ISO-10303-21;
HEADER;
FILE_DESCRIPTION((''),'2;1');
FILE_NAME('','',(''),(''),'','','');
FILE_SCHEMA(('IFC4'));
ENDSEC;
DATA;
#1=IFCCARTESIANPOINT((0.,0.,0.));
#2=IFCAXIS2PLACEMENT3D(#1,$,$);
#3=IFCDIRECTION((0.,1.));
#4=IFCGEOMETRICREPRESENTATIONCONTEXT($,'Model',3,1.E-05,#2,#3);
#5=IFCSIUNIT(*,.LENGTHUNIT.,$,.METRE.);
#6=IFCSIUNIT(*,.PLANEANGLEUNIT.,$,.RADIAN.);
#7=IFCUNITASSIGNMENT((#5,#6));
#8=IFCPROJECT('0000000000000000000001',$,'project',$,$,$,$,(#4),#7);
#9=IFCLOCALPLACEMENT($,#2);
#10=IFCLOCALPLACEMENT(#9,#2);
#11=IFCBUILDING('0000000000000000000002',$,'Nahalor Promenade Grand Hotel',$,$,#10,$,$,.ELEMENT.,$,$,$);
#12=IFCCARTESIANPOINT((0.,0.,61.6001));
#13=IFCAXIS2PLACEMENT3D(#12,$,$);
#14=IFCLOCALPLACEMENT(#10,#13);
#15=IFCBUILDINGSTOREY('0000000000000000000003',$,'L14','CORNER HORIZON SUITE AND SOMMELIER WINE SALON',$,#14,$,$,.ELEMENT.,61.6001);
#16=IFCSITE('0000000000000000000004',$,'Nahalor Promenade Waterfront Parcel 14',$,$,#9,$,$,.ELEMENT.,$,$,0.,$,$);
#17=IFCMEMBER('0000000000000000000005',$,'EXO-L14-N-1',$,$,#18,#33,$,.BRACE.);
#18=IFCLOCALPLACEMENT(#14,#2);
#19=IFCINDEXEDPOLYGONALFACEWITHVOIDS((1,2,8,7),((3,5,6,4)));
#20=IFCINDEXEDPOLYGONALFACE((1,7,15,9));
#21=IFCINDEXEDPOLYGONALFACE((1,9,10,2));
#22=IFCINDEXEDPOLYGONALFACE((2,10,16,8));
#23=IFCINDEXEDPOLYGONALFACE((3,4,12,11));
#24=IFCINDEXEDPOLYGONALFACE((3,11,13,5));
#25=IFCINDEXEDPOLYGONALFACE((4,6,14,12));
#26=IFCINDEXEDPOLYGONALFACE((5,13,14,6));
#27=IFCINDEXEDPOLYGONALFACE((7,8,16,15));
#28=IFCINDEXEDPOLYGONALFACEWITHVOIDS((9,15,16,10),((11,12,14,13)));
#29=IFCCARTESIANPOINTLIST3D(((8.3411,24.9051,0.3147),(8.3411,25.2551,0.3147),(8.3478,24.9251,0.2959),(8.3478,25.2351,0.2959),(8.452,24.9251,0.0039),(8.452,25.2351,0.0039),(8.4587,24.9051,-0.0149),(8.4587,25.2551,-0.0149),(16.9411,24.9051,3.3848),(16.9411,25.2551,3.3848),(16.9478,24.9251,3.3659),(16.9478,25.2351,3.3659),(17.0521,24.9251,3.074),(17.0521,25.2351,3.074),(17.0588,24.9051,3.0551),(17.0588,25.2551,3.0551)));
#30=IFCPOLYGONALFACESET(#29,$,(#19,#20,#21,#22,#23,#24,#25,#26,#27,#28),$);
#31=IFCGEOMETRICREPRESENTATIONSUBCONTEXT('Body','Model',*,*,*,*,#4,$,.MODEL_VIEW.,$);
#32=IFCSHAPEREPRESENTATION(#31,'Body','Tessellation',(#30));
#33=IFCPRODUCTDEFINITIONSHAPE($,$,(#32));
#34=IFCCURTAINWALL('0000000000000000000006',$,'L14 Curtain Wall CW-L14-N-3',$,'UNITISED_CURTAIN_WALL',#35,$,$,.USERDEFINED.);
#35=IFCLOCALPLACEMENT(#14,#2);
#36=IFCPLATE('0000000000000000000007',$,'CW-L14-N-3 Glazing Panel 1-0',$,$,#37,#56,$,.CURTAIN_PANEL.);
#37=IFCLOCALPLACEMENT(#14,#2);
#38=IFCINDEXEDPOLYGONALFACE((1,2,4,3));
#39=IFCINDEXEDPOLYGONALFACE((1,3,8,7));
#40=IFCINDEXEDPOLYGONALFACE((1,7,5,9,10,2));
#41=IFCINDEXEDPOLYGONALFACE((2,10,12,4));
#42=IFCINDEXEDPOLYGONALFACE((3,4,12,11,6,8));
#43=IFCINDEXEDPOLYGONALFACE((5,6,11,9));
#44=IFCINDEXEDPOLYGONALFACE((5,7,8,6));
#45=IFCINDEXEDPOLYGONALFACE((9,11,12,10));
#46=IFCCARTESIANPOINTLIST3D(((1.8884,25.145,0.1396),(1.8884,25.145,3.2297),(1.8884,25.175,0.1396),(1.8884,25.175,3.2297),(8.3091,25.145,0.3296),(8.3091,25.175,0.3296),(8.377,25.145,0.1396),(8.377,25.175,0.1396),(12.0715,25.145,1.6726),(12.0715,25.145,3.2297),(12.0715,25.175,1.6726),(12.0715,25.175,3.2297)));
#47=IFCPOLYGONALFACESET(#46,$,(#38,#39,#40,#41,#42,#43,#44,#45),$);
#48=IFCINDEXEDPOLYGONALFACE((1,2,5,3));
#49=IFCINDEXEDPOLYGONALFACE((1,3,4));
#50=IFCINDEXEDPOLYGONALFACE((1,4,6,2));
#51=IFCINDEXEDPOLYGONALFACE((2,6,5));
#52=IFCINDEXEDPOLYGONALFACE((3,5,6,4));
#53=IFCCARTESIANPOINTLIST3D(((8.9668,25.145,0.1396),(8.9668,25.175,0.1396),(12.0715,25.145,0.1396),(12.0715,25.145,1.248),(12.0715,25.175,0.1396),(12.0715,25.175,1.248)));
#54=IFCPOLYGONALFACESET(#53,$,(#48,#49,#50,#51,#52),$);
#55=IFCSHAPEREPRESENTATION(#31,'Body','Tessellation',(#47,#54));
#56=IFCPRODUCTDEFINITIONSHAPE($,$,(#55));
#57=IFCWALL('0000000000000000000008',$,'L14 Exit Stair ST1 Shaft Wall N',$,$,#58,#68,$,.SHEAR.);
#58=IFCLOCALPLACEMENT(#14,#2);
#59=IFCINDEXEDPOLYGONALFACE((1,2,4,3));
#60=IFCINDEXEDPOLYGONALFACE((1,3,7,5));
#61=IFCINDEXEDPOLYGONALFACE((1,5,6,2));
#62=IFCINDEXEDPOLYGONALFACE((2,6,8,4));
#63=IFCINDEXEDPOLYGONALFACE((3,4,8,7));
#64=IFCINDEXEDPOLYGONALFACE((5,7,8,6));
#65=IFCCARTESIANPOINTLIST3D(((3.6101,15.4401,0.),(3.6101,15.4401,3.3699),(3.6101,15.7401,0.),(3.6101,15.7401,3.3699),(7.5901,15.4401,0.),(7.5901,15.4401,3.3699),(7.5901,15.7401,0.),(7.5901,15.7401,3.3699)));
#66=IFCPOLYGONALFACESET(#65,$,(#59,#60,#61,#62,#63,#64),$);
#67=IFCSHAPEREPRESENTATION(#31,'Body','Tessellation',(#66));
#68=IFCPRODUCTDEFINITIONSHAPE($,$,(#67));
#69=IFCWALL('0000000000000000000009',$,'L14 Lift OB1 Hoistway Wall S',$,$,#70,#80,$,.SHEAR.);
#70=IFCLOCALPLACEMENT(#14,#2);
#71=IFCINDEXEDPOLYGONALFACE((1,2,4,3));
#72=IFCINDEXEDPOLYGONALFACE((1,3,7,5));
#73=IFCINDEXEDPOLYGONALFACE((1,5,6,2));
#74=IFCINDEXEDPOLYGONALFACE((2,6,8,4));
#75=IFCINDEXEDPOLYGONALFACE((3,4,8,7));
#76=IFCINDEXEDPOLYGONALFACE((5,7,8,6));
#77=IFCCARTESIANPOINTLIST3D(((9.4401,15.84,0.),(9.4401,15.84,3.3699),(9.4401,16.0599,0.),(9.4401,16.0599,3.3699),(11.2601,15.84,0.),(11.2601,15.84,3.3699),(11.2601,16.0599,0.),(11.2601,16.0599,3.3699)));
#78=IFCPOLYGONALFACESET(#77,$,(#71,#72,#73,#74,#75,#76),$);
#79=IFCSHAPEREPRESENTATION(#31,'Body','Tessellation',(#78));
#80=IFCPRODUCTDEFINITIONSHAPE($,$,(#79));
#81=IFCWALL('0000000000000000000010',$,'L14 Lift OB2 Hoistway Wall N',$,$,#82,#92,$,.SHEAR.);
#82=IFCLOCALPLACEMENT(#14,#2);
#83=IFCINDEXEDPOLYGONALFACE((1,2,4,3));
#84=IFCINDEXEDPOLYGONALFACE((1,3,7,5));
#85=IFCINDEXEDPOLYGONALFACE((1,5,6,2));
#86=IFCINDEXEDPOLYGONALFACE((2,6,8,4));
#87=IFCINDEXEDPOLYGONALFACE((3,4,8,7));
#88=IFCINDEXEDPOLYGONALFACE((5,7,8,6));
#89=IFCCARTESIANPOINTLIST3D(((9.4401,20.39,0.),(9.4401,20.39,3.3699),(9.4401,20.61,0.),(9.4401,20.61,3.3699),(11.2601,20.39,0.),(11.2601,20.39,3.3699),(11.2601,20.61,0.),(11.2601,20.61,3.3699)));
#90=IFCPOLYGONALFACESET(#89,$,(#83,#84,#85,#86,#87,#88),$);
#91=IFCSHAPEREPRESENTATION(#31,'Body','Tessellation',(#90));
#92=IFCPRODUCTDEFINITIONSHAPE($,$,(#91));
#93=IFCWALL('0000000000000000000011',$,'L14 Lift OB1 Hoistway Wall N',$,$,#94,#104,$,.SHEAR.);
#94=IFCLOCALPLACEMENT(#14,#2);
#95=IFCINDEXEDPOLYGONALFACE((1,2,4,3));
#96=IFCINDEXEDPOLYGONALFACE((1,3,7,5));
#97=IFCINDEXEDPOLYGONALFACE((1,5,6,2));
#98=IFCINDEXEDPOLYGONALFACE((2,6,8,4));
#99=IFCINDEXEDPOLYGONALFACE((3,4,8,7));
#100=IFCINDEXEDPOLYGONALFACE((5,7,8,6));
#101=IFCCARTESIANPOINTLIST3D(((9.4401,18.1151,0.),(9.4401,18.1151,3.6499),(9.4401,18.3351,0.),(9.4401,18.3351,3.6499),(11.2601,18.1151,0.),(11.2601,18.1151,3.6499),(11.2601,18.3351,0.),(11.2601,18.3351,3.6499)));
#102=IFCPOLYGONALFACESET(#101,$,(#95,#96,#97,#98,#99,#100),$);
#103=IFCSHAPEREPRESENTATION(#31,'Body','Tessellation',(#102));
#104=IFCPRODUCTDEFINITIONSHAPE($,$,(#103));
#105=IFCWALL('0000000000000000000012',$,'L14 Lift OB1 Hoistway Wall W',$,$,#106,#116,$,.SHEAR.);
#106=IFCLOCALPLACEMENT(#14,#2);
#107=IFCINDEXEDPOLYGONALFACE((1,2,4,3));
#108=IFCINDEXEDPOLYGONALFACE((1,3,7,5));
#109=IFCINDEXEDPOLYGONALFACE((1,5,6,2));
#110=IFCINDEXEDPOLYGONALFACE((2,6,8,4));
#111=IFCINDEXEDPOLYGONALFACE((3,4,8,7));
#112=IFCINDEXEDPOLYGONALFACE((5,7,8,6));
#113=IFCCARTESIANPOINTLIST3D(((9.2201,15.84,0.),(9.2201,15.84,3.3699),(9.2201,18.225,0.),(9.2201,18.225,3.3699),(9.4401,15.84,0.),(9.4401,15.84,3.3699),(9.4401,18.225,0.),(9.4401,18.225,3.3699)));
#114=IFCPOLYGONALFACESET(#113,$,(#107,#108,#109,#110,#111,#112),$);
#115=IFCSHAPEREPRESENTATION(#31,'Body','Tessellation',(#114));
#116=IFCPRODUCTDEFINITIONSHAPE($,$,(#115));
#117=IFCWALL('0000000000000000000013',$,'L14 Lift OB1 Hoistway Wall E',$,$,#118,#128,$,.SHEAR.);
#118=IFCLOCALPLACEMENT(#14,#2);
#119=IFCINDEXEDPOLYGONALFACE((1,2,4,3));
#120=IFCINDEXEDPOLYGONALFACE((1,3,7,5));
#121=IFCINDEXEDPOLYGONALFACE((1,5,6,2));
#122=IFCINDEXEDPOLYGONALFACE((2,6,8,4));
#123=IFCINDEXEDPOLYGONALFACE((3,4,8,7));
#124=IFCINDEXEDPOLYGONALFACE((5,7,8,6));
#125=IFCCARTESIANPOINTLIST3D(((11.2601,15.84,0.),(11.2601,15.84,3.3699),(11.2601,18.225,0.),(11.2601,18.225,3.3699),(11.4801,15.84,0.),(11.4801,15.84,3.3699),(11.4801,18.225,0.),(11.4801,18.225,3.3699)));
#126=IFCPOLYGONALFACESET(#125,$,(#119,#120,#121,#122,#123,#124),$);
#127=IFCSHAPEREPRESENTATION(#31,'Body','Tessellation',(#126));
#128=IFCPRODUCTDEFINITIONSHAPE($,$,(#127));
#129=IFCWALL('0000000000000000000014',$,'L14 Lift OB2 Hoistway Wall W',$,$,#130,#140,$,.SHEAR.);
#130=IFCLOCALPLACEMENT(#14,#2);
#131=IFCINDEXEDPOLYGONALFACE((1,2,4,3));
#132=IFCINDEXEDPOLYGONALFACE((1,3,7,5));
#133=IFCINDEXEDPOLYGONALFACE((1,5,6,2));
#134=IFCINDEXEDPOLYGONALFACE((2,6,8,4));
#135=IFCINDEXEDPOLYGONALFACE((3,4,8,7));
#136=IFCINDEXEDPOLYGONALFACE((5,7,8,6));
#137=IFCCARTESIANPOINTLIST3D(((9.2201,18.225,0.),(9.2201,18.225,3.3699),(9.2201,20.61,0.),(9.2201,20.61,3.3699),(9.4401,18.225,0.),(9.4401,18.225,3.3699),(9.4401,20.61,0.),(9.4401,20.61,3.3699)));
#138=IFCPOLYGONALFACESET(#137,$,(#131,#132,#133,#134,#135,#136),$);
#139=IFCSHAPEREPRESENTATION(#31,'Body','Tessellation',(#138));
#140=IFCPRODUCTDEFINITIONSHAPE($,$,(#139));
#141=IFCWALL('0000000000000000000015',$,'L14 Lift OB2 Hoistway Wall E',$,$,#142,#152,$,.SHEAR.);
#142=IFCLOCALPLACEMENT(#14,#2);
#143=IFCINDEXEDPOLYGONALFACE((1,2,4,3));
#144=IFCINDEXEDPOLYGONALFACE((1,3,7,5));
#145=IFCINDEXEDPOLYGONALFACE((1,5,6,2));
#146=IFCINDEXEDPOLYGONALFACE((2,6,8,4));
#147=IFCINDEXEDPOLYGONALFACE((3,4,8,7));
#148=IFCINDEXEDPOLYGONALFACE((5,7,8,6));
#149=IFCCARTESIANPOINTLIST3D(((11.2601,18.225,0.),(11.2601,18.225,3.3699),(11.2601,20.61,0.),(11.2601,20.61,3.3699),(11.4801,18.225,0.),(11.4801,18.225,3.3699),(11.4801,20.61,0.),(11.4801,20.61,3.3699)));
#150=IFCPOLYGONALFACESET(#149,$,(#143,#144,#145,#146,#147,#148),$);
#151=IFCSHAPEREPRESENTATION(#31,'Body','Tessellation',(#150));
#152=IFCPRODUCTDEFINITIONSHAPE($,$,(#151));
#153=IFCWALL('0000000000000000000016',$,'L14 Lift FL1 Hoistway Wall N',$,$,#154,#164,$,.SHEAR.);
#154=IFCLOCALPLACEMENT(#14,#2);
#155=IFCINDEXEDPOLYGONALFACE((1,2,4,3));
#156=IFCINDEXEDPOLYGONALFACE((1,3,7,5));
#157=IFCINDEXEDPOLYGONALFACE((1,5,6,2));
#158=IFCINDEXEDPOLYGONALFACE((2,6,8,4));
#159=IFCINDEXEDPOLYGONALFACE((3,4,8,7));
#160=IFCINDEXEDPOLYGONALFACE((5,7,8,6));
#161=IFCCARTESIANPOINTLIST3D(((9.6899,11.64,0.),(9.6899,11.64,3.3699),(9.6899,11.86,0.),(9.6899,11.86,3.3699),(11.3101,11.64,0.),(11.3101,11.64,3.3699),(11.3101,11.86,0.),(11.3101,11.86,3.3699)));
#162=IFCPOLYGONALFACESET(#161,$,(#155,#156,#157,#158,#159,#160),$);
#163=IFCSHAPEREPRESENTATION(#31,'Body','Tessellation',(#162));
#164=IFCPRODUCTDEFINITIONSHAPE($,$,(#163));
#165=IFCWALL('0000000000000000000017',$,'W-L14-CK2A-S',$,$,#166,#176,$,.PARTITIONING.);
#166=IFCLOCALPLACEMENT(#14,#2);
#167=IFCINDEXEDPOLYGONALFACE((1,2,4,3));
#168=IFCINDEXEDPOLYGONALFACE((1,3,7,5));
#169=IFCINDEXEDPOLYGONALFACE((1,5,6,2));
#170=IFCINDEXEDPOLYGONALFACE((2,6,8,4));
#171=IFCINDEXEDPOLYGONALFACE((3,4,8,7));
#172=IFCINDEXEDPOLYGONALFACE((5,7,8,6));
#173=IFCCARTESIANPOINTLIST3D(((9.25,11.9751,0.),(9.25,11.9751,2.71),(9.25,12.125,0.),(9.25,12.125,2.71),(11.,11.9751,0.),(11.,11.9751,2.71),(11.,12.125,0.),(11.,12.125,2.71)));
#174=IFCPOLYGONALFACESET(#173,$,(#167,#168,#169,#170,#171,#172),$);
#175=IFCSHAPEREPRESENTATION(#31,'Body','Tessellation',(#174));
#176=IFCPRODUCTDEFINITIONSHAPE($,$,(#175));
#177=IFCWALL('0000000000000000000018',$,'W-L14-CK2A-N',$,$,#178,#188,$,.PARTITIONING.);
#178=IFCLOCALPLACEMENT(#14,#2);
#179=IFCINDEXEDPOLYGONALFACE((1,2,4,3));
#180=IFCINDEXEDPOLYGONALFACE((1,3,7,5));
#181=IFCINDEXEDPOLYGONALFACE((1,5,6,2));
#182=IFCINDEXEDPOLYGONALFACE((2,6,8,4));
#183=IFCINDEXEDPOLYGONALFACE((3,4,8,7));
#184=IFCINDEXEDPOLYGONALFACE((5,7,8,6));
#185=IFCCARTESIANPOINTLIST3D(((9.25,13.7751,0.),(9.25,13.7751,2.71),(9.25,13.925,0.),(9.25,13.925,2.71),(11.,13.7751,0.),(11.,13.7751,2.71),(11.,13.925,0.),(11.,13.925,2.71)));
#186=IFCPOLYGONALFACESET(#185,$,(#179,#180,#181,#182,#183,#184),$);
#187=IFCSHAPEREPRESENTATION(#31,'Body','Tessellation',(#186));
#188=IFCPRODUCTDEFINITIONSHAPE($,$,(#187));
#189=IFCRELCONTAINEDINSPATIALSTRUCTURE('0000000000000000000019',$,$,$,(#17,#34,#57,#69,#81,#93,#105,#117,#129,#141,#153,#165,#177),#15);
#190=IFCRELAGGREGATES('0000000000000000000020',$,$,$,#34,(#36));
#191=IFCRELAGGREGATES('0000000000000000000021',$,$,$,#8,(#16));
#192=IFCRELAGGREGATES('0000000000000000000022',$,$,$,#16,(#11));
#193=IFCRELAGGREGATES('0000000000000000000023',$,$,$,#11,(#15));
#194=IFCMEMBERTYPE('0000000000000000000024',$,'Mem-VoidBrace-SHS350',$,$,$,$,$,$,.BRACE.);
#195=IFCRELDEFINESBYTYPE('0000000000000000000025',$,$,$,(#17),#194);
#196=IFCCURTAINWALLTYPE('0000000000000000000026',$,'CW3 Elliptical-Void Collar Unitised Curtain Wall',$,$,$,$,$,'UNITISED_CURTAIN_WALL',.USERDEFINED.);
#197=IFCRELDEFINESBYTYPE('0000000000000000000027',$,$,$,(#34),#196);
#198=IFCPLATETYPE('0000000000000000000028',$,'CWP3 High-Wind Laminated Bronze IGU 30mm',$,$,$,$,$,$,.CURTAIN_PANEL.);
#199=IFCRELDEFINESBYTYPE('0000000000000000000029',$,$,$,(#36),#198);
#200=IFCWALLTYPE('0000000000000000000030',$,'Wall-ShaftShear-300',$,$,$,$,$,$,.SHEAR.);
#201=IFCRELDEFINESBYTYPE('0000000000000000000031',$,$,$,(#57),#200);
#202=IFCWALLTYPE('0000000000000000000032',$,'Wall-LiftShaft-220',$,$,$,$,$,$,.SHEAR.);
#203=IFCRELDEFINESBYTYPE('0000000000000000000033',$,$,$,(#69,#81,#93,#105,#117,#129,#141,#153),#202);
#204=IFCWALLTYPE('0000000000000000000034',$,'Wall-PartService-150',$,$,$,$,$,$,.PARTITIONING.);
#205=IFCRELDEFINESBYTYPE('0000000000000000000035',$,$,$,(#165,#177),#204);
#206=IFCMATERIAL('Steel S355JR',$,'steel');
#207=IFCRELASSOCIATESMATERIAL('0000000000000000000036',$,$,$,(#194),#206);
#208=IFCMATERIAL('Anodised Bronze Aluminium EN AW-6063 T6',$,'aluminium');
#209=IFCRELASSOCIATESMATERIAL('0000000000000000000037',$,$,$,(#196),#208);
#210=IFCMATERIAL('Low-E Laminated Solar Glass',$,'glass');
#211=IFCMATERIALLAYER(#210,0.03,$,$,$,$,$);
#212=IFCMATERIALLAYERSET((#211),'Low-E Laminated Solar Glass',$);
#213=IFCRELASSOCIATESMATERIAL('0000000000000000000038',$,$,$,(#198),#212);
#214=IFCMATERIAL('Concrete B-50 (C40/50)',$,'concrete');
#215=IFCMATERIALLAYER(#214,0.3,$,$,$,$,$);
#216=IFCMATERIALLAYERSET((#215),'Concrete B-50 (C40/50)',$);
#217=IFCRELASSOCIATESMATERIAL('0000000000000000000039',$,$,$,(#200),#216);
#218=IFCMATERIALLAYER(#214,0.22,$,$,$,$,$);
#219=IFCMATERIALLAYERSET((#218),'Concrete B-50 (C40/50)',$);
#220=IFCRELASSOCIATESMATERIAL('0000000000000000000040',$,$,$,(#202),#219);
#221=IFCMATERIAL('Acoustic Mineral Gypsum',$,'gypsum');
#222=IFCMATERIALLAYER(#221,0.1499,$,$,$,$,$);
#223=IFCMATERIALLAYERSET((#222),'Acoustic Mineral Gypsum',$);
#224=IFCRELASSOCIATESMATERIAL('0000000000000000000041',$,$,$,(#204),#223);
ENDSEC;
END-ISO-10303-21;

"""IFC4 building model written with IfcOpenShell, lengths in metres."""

from ifc_helpers import new_model, si_unit, direction, frame, frame_2d, origin, origin_2d, place, context, subcontext, project, spatial, polyline, rectangle, hollow_rectangle, outline, extrude, source, transform, mapped, material, layer, layer_set, material_profile, profile_set, type_object, element, aggregate, save


model = new_model("IFC4")

# Units and contexts
model_context = context("Model", 3, precision=1e-05, world=origin(), true_north=direction((0.0, 1.0)))
body_context = subcontext(model_context, "Body", "Model", "MODEL_VIEW")
ifc_project = project(units=[si_unit("LENGTHUNIT", "METRE"), si_unit("PLANEANGLEUNIT", "RADIAN")], contexts=[model_context])

# Site, building, storey
site_placement = place(None, origin())
site = spatial("IfcSite", under=ifc_project, at=site_placement, Name="Nahalor Promenade Waterfront Parcel 14", CompositionType="ELEMENT", RefElevation=0.0)
building_placement = place(site_placement, origin())
building = spatial("IfcBuilding", under=site, at=building_placement, Name="Nahalor Promenade Grand Hotel", CompositionType="ELEMENT")
storey_placement = place(building_placement, frame((0.0, 0.0, 61.6001)))
storey = spatial("IfcBuildingStorey", under=building, at=storey_placement, Name="L14", Description="CORNER HORIZON SUITE AND SOMMELIER WINE SALON", CompositionType="ELEMENT", Elevation=61.6001)

# Shared definitions
ifc_material_1 = material(Name="Steel S355JR", Category="steel")

# Member
ifc_material_profile_1 = material_profile(ifc_material_1, hollow_rectangle(XDim=0.35, YDim=0.35, WallThickness=0.02, at=origin_2d()), Name="SHS 350x350x20")
ifc_profile_set_1 = profile_set([ifc_material_profile_1], Name="Steel S355JR")
member_type = type_object("IfcMemberType", Name="Mem-VoidBrace-SHS350", PredefinedType="BRACE", material=ifc_profile_set_1)
shared_shape_1 = source(origin(), body_context, "Body", "SweptSolid", [
    extrude(hollow_rectangle(XDim=0.35, YDim=0.35, WallThickness=0.02, at=origin_2d()), origin(), (0.0, 0.0, 1.0), 9.1316),
])
member_placement = place(storey_placement, frame((8.3999, 25.0801, 0.1499), z_axis=(0.94179, 0.0, 0.336201), x_axis=(0.0, 1.0, 0.0)))
element("IfcMember", 1, at=member_placement, inside=storey, type_object=member_type, Name="EXO-L14-N-1", PredefinedType="BRACE", context=body_context, shape_type="MappedRepresentation", body=[
    mapped(shared_shape_1, transform((0.0, 0.0, 0.0), scale=1.0)),
])

# Curtain wall, plate
ifc_material_2 = material(Name="Anodised Bronze Aluminium EN AW-6063 T6", Category="aluminium")
curtain_wall_type = type_object("IfcCurtainWallType", Name="CW3 Elliptical-Void Collar Unitised Curtain Wall", ElementType="UNITISED_CURTAIN_WALL", PredefinedType="USERDEFINED", material=ifc_material_2)
curtain_wall_placement = place(storey_placement, origin())
curtain_wall = element("IfcCurtainWall", 2, at=curtain_wall_placement, inside=storey, type_object=curtain_wall_type, Name="L14 Curtain Wall CW-L14-N-3", ObjectType="UNITISED_CURTAIN_WALL", PredefinedType="USERDEFINED")
ifc_material_3 = material(Name="Low-E Laminated Solar Glass", Category="glass")
ifc_layer_1 = layer(ifc_material_3, 0.03)
ifc_layer_set_1 = layer_set([ifc_layer_1], Name="Low-E Laminated Solar Glass")
plate_type = type_object("IfcPlateType", Name="CWP3 High-Wind Laminated Bronze IGU 30mm", PredefinedType="CURTAIN_PANEL", material=ifc_layer_set_1)
plate_placement = place(storey_placement, frame((6.98, 25.1599, 0.1396), z_axis=(0.0, 0.0, 1.0), x_axis=(1.0, 0.0, 0.0)))
plate = element("IfcPlate", 3, at=plate_placement, type_object=plate_type, Name="CW-L14-N-3 Glazing Panel 1-0", PredefinedType="CURTAIN_PANEL", context=body_context, shape_type="SweptSolid", body=[
    extrude(outline(polyline([(-5.0916, 3.0901), (-5.0916, 0.0), (1.397, 0.0), (1.3291, 0.1899), (5.0916, 1.533), (5.0916, 3.0901), (-5.0916, 3.0901)])), frame((0.0, 0.0151, 0.0), z_axis=(0.0, -1.0, 0.0), x_axis=(1.0, 0.0, 0.0)), (0.0, 0.0, 1.0), 0.03),
    extrude(outline(polyline([(1.9868, 0.0), (5.0916, 0.0), (5.0916, 1.1084), (1.9868, 0.0)])), frame((0.0, 0.0151, 0.0), z_axis=(0.0, -1.0, 0.0), x_axis=(1.0, 0.0, 0.0)), (0.0, 0.0, 1.0), 0.03),
])
aggregate(curtain_wall, [plate])

# Walls
ifc_material_4 = material(Name="Concrete B-50 (C40/50)", Category="concrete")
ifc_layer_2 = layer(ifc_material_4, 0.3)
ifc_layer_set_2 = layer_set([ifc_layer_2], Name="Concrete B-50 (C40/50)")
wall_type_1 = type_object("IfcWallType", Name="Wall-ShaftShear-300", PredefinedType="SHEAR", material=ifc_layer_set_2)
shared_shape_2 = source(origin(), body_context, "Body", "SweptSolid", [
    extrude(rectangle(XDim=3.98, YDim=0.3, at=frame_2d((1.99, 0.0))), origin(), (0.0, 0.0, 1.0), 3.3699),
])
wall_1_placement = place(storey_placement, frame((3.6101, 15.5901, 0.0), z_axis=(0.0, 0.0, 1.0), x_axis=(1.0, 0.0, 0.0)))
element("IfcWall", 4, at=wall_1_placement, inside=storey, type_object=wall_type_1, Name="L14 Exit Stair ST1 Shaft Wall N", PredefinedType="SHEAR", context=body_context, shape_type="MappedRepresentation", body=[
    mapped(shared_shape_2, transform((0.0, 0.0, 0.0), scale=1.0)),
])
ifc_layer_3 = layer(ifc_material_4, 0.22)
ifc_layer_set_3 = layer_set([ifc_layer_3], Name="Concrete B-50 (C40/50)")
wall_type_2 = type_object("IfcWallType", Name="Wall-LiftShaft-220", PredefinedType="SHEAR", material=ifc_layer_set_3)
shared_shape_3 = source(origin(), body_context, "Body", "SweptSolid", [
    extrude(rectangle(XDim=1.8201, YDim=0.22, at=frame_2d((0.9102, 0.0))), origin(), (0.0, 0.0, 1.0), 3.3699),
])
for number, where, z_axis, x_axis, name in (
    (5, (9.4399, 15.95, 0.0), (0.0, 0.0, 1.0), (1.0, 0.0, 0.0), "L14 Lift OB1 Hoistway Wall S"),
    (6, (9.4399, 20.5, 0.0), (0.0, 0.0, 1.0), (1.0, 0.0, 0.0), "L14 Lift OB2 Hoistway Wall N"),
):
    element("IfcWall", number, at=place(storey_placement, frame(where, z_axis=z_axis, x_axis=x_axis)), inside=storey, type_object=wall_type_2, Name=name, PredefinedType="SHEAR", context=body_context, shape_type="MappedRepresentation", body=[
        mapped(shared_shape_3, transform((0.0, 0.0, 0.0), scale=1.0)),
    ])
shared_shape_4 = source(origin(), body_context, "Body", "SweptSolid", [
    extrude(rectangle(XDim=1.8201, YDim=0.22, at=frame_2d((0.9102, 0.0))), origin(), (0.0, 0.0, 1.0), 3.6499),
])
wall_2_placement = place(storey_placement, frame((9.4399, 18.2251, 0.0), z_axis=(0.0, 0.0, 1.0), x_axis=(1.0, 0.0, 0.0)))
element("IfcWall", 7, at=wall_2_placement, inside=storey, type_object=wall_type_2, Name="L14 Lift OB1 Hoistway Wall N", PredefinedType="SHEAR", context=body_context, shape_type="MappedRepresentation", body=[
    mapped(shared_shape_4, transform((0.0, 0.0, 0.0), scale=1.0)),
])
shared_shape_5 = source(origin(), body_context, "Body", "SweptSolid", [
    extrude(rectangle(XDim=2.385, YDim=0.22, at=frame_2d((1.1924, 0.0))), origin(), (0.0, 0.0, 1.0), 3.3699),
])
for number, where, z_axis, x_axis, name in (
    (8, (9.3301, 15.8401, 0.0), (0.0, 0.0, 1.0), (0.0, 1.0, 0.0), "L14 Lift OB1 Hoistway Wall W"),
    (9, (11.3701, 15.8401, 0.0), (0.0, 0.0, 1.0), (0.0, 1.0, 0.0), "L14 Lift OB1 Hoistway Wall E"),
    (10, (9.3301, 18.2251, 0.0), (0.0, 0.0, 1.0), (0.0, 1.0, 0.0), "L14 Lift OB2 Hoistway Wall W"),
    (11, (11.3701, 18.2251, 0.0), (0.0, 0.0, 1.0), (0.0, 1.0, 0.0), "L14 Lift OB2 Hoistway Wall E"),
):
    element("IfcWall", number, at=place(storey_placement, frame(where, z_axis=z_axis, x_axis=x_axis)), inside=storey, type_object=wall_type_2, Name=name, PredefinedType="SHEAR", context=body_context, shape_type="MappedRepresentation", body=[
        mapped(shared_shape_5, transform((0.0, 0.0, 0.0), scale=1.0)),
    ])
shared_shape_6 = source(origin(), body_context, "Body", "SweptSolid", [
    extrude(rectangle(XDim=1.6201, YDim=0.22, at=frame_2d((0.8101, 0.0))), origin(), (0.0, 0.0, 1.0), 3.3699),
])
wall_3_placement = place(storey_placement, frame((9.6899, 11.75, 0.0), z_axis=(0.0, 0.0, 1.0), x_axis=(1.0, 0.0, 0.0)))
element("IfcWall", 12, at=wall_3_placement, inside=storey, type_object=wall_type_2, Name="L14 Lift FL1 Hoistway Wall N", PredefinedType="SHEAR", context=body_context, shape_type="MappedRepresentation", body=[
    mapped(shared_shape_6, transform((0.0, 0.0, 0.0), scale=1.0)),
])
ifc_material_5 = material(Name="Acoustic Mineral Gypsum", Category="gypsum")
ifc_layer_4 = layer(ifc_material_5, 0.1499)
ifc_layer_set_4 = layer_set([ifc_layer_4], Name="Acoustic Mineral Gypsum")
wall_type_3 = type_object("IfcWallType", Name="Wall-PartService-150", PredefinedType="PARTITIONING", material=ifc_layer_set_4)
shared_shape_7 = source(origin(), body_context, "Body", "SweptSolid", [
    extrude(rectangle(XDim=1.75, YDim=0.1499, at=frame_2d((0.875, 0.0))), origin(), (0.0, 0.0, 1.0), 2.71),
])
for number, where, z_axis, x_axis, name in (
    (13, (9.25, 12.05, 0.0), (0.0, 0.0, 1.0), (1.0, 0.0, 0.0), "W-L14-CK2A-S"),
    (14, (9.25, 13.8501, 0.0), (0.0, 0.0, 1.0), (1.0, 0.0, 0.0), "W-L14-CK2A-N"),
):
    element("IfcWall", number, at=place(storey_placement, frame(where, z_axis=z_axis, x_axis=x_axis)), inside=storey, type_object=wall_type_3, Name=name, PredefinedType="PARTITIONING", context=body_context, shape_type="MappedRepresentation", body=[
        mapped(shared_shape_7, transform((0.0, 0.0, 0.0), scale=1.0)),
    ])

save(model, "model.ifc")
